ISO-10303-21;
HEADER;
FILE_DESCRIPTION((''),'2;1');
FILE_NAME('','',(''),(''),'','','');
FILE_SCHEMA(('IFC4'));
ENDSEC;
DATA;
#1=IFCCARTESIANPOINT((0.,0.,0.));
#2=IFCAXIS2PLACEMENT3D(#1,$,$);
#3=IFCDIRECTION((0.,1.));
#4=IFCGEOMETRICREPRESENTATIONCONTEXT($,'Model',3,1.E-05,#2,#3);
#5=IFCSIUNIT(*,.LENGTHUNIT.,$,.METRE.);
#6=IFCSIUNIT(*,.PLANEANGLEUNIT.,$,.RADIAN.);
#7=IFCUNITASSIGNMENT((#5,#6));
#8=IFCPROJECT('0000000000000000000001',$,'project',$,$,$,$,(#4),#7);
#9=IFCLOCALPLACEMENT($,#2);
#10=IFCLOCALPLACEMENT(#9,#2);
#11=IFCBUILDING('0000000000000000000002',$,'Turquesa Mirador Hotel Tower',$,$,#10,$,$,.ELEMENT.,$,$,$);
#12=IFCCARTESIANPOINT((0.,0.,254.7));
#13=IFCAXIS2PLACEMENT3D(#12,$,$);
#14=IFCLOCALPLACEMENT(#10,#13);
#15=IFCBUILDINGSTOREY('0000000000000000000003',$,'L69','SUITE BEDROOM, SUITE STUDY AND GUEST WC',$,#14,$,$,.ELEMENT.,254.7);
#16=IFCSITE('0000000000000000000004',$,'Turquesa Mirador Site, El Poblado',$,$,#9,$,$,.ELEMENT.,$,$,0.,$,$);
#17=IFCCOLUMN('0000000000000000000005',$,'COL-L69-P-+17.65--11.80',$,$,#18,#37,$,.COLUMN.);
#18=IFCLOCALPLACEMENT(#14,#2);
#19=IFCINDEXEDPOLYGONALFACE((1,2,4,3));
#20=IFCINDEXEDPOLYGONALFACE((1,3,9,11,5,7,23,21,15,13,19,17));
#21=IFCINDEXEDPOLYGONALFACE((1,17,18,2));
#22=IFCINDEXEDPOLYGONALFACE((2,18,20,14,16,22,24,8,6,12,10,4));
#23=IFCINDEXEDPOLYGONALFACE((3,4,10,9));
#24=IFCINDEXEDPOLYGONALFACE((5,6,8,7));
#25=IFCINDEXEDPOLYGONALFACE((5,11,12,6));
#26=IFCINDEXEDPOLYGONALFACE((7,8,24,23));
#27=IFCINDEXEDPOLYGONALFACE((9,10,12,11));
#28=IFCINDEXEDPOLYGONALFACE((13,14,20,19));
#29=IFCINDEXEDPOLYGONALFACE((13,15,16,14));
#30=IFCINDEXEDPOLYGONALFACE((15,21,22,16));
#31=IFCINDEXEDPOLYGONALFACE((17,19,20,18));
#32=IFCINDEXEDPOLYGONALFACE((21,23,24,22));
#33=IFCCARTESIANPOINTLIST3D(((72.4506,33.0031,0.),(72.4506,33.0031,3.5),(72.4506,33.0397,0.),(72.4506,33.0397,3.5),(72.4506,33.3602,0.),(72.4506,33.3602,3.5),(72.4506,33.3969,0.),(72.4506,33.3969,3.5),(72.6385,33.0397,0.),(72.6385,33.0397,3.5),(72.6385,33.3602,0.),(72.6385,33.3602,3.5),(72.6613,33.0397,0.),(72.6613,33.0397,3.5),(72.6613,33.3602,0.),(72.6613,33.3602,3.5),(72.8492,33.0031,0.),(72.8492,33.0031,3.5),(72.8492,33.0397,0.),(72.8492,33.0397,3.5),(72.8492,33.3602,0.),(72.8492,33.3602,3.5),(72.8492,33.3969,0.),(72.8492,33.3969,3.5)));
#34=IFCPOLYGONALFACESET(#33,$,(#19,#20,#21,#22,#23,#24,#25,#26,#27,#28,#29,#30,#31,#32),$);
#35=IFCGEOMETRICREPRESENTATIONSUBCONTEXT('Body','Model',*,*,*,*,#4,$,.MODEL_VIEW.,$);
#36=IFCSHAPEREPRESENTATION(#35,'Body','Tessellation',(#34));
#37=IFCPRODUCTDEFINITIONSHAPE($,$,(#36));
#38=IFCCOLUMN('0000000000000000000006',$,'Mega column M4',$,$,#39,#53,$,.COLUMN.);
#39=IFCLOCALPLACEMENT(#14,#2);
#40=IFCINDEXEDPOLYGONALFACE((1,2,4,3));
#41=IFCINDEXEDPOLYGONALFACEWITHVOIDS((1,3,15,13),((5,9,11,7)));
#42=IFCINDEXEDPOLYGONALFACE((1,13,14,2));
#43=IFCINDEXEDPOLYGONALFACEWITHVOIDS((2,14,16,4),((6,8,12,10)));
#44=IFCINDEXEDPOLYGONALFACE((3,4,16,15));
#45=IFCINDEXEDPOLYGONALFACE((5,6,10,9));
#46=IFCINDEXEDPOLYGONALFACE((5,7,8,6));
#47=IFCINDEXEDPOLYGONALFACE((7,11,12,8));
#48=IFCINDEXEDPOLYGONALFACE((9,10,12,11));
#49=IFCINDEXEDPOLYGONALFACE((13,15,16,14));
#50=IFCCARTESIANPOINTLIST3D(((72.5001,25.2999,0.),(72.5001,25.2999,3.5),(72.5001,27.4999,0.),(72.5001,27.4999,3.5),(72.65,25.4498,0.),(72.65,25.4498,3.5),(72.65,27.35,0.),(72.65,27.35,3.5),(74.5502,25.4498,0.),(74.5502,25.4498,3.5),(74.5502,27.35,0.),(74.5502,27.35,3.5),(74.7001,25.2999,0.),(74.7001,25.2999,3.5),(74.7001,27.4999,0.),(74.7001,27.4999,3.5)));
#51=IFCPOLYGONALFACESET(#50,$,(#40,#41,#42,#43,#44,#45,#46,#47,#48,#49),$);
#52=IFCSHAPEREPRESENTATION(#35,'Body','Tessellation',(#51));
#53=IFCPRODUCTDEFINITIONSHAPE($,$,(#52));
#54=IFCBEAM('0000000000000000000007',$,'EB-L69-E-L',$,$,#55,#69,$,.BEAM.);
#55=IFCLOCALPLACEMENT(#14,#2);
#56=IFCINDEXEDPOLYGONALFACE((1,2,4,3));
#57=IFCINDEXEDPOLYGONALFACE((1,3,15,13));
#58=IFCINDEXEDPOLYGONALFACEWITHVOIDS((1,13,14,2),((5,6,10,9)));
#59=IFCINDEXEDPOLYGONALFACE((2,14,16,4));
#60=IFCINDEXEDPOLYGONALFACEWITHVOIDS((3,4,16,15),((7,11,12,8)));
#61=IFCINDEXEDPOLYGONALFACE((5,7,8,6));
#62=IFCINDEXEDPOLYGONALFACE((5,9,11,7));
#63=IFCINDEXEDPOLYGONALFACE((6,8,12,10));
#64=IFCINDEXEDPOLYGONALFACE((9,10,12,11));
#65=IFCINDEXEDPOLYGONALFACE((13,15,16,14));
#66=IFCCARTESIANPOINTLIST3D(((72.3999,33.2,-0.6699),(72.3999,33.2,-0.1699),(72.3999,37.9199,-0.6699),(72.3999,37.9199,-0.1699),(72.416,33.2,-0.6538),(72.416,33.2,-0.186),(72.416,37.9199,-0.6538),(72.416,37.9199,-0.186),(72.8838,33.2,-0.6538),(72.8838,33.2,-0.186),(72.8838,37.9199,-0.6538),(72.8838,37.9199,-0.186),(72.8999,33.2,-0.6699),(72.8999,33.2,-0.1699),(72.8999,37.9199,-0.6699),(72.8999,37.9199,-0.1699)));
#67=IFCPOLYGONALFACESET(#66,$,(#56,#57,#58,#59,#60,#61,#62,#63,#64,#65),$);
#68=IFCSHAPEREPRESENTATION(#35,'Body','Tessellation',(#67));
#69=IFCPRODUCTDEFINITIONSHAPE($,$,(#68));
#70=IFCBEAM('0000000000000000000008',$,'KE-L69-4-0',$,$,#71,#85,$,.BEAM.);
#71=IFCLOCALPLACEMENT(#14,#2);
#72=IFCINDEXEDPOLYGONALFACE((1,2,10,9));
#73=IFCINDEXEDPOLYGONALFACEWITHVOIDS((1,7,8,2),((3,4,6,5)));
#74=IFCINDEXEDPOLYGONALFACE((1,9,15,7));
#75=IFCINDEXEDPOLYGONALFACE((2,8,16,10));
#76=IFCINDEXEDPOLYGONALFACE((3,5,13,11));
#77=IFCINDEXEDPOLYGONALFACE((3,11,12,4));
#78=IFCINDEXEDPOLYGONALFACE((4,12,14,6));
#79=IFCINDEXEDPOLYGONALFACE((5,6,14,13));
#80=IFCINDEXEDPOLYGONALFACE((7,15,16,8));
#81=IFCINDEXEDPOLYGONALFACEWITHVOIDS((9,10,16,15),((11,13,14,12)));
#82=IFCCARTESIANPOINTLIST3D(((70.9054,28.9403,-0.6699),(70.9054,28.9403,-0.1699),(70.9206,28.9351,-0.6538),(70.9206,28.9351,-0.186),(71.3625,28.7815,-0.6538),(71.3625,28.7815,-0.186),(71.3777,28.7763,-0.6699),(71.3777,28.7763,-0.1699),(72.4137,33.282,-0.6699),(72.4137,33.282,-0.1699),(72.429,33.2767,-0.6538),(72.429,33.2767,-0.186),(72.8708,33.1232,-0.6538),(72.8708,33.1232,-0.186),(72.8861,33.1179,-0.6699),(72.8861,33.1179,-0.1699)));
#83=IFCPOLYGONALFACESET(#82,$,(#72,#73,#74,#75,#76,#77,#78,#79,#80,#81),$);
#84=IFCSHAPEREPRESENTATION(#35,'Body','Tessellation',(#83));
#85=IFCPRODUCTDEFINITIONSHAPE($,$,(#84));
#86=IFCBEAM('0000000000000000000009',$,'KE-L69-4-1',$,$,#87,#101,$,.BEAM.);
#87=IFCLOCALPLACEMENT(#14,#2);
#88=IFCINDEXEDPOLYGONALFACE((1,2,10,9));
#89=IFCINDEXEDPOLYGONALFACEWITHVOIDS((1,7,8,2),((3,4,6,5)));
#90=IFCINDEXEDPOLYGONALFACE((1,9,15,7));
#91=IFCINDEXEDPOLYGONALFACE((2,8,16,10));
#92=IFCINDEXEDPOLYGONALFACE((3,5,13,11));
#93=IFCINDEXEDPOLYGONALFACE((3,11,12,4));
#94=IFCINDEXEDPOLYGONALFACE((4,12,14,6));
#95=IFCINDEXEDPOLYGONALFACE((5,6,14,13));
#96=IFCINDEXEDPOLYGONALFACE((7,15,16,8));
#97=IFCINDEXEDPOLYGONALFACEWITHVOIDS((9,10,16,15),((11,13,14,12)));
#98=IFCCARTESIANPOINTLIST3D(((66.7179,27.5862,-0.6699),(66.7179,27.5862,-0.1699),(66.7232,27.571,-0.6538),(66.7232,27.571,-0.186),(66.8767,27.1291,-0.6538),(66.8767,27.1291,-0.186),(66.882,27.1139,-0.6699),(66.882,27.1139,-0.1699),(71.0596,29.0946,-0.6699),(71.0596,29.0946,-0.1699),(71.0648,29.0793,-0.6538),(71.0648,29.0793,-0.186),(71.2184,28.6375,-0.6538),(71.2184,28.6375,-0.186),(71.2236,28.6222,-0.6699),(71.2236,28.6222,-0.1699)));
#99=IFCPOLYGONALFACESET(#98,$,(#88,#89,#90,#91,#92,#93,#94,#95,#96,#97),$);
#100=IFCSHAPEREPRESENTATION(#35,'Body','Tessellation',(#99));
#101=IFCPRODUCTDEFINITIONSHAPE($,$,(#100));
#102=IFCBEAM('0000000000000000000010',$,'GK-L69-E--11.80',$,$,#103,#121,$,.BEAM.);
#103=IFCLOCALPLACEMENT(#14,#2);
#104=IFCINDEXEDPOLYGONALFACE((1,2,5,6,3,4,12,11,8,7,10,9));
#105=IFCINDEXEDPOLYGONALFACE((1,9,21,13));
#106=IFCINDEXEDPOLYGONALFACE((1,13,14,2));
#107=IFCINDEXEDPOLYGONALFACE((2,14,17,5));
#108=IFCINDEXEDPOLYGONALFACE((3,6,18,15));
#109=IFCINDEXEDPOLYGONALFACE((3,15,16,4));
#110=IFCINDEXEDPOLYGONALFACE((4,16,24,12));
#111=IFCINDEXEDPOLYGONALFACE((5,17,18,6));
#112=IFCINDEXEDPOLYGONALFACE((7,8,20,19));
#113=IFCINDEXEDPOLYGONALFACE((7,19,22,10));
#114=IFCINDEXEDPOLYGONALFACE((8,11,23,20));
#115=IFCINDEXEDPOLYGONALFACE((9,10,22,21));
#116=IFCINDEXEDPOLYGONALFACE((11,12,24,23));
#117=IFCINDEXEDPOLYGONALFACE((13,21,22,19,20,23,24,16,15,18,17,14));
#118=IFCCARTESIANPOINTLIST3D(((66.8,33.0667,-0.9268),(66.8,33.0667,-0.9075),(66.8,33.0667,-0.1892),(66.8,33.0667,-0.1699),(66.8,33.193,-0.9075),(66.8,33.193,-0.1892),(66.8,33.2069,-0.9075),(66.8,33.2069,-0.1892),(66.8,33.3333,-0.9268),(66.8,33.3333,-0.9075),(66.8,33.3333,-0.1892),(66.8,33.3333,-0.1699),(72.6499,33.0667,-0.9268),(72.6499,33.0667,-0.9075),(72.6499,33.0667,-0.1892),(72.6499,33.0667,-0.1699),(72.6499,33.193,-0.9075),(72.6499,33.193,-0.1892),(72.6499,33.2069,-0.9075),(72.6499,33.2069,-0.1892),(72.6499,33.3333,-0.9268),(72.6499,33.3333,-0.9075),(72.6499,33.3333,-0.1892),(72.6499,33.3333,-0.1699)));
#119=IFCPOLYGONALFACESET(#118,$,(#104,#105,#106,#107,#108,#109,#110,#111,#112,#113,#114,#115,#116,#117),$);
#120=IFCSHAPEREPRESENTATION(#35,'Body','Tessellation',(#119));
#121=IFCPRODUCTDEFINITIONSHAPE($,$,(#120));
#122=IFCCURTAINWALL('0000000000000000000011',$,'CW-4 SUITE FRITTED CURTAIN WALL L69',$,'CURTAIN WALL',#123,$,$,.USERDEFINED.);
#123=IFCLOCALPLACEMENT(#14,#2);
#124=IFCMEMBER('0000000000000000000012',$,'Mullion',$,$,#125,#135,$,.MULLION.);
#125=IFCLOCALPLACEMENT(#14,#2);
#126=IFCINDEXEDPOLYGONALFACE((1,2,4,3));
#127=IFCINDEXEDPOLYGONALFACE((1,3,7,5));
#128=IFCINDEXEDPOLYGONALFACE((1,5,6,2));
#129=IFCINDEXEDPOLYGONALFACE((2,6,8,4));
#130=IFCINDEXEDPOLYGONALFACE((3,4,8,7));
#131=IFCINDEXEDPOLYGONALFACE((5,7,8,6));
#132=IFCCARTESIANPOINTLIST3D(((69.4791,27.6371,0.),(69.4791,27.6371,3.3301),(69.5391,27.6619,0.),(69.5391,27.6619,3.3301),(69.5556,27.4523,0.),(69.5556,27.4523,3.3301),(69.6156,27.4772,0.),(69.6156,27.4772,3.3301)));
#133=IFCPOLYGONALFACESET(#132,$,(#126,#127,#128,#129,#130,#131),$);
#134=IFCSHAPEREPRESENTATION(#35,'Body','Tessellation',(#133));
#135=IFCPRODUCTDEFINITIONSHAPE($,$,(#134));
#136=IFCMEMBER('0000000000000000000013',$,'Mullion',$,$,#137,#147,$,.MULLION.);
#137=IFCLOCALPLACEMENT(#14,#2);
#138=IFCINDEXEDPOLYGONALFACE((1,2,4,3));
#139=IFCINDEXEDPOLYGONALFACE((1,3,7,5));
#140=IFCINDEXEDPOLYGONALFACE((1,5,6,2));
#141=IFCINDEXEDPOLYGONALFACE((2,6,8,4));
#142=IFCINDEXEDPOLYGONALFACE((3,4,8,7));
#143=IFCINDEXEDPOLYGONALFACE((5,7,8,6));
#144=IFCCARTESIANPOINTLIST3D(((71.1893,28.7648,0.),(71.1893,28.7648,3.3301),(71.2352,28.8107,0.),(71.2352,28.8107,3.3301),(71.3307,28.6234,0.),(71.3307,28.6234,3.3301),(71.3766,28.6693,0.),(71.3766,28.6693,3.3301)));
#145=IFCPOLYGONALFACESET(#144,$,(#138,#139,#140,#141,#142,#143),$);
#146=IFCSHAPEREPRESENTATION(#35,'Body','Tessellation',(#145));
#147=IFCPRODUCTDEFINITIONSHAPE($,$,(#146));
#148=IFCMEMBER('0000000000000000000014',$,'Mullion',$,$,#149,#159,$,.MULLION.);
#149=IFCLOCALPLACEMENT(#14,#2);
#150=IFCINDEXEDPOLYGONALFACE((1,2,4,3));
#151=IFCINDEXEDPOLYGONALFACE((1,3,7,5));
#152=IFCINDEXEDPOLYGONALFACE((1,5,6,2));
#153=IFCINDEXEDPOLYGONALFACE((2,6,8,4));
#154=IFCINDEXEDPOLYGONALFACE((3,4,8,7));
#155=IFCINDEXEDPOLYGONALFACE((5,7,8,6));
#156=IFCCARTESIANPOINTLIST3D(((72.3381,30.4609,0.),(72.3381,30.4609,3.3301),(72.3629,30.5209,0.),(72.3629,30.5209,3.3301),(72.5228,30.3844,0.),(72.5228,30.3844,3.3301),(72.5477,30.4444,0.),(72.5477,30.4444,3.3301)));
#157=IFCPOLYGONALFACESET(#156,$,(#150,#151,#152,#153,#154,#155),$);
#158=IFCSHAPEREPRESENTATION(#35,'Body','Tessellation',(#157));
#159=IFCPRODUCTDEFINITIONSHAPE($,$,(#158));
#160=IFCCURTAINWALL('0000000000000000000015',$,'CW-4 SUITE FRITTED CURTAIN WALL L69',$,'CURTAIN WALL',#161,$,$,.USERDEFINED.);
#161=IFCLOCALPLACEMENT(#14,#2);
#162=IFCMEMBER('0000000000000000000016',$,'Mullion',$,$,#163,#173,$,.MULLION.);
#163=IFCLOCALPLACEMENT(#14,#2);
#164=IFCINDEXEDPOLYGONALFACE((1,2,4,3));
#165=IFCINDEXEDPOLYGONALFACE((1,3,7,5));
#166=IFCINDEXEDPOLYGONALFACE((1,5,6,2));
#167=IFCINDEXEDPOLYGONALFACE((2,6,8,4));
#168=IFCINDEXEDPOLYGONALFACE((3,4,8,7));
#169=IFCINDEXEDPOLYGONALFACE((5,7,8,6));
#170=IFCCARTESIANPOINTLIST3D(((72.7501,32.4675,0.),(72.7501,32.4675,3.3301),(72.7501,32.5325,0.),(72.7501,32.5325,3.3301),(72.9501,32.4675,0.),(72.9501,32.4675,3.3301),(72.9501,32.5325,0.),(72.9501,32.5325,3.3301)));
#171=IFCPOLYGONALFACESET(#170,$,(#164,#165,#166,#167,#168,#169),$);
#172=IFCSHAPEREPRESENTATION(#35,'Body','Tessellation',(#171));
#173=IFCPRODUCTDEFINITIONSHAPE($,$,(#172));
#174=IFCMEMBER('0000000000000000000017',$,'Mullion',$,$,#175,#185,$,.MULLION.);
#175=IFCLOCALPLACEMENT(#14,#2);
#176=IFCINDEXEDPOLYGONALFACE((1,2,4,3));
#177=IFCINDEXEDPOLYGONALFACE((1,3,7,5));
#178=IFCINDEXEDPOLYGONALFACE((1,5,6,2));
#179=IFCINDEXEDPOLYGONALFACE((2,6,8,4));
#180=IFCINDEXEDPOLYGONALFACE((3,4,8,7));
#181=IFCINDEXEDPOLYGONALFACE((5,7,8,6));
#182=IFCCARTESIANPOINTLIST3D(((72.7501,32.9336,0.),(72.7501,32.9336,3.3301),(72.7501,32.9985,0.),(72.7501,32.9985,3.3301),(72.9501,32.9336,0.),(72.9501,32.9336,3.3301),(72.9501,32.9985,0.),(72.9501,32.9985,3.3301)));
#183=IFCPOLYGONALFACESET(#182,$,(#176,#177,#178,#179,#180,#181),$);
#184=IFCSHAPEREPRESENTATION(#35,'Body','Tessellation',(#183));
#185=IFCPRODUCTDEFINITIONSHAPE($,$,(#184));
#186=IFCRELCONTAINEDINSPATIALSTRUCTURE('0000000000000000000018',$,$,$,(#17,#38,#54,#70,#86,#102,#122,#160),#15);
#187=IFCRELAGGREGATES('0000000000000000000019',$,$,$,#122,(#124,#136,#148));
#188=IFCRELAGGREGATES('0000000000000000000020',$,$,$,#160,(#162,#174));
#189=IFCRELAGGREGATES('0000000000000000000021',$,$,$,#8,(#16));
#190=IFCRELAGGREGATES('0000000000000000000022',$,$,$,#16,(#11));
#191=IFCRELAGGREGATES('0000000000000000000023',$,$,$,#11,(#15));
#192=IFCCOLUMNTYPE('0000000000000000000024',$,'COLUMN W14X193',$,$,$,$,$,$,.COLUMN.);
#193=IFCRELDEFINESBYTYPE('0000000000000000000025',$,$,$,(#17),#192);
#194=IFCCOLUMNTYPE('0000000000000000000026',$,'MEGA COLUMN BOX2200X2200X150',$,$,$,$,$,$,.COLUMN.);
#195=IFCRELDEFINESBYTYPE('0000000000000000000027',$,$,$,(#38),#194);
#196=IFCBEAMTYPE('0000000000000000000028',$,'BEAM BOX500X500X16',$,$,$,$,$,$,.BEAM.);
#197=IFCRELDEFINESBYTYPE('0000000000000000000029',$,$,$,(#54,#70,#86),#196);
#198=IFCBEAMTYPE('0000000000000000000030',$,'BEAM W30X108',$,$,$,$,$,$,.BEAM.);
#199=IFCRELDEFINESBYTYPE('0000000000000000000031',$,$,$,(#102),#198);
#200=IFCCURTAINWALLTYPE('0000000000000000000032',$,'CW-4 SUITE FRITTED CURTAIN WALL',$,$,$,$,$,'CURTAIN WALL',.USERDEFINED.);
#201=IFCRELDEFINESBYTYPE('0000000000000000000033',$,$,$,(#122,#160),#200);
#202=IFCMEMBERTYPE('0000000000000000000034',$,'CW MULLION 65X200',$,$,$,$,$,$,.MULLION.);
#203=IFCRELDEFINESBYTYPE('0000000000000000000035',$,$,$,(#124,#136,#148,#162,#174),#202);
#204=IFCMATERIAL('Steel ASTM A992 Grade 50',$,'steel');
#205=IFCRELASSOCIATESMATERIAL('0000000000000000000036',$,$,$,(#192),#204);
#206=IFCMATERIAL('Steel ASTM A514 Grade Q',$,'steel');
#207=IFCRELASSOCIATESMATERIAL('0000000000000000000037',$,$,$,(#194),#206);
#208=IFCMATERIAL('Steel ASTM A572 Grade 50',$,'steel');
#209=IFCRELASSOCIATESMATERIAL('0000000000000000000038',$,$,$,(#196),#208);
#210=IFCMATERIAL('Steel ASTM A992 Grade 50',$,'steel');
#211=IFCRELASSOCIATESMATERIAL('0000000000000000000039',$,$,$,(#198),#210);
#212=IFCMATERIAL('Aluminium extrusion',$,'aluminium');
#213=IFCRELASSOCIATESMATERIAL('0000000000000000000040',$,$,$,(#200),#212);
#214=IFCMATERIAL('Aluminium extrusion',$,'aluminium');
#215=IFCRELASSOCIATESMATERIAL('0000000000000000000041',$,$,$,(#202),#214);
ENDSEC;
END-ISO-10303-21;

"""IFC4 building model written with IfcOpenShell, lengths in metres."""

from ifc_helpers import new_model, si_unit, direction, frame, origin, origin_2d, place, context, subcontext, project, spatial, rectangle, hollow_rectangle, i_section, extrude, material, material_profile, profile_set, type_object, element, aggregate, save


model = new_model("IFC4")

# Units and contexts
model_context = context("Model", 3, precision=1e-05, world=origin(), true_north=direction((0.0, 1.0)))
body_context = subcontext(model_context, "Body", "Model", "MODEL_VIEW")
ifc_project = project(units=[si_unit("LENGTHUNIT", "METRE"), si_unit("PLANEANGLEUNIT", "RADIAN")], contexts=[model_context])

# Site, building, storey
site_placement = place(None, origin())
site = spatial("IfcSite", under=ifc_project, at=site_placement, Name="Turquesa Mirador Site, El Poblado", CompositionType="ELEMENT", RefElevation=0.0)
building_placement = place(site_placement, origin())
building = spatial("IfcBuilding", under=site, at=building_placement, Name="Turquesa Mirador Hotel Tower", CompositionType="ELEMENT")
storey_placement = place(building_placement, frame((0.0, 0.0, 254.7)))
storey = spatial("IfcBuildingStorey", under=building, at=storey_placement, Name="L69", Description="SUITE BEDROOM, SUITE STUDY AND GUEST WC", CompositionType="ELEMENT", Elevation=254.7)

# Columns
ifc_material_1 = material(Name="Steel ASTM A992 Grade 50", Category="steel")
ifc_material_profile_1 = material_profile(ifc_material_1, i_section(OverallWidth=0.3987, OverallDepth=0.3938, WebThickness=0.0227, FlangeThickness=0.0366, at=origin_2d()), Name="W14X193")
ifc_profile_set_1 = profile_set([ifc_material_profile_1], Name="Steel ASTM A992 Grade 50")
column_type_1 = type_object("IfcColumnType", Name="COLUMN W14X193", PredefinedType="COLUMN", material=ifc_profile_set_1)
column_1_placement = place(storey_placement, frame((72.6499, 33.2, 0.0), z_axis=(0.0, 0.0, 1.0), x_axis=(1.0, 0.0, 0.0)))
element("IfcColumn", 1, at=column_1_placement, inside=storey, type_object=column_type_1, Name="COL-L69-P-+17.65--11.80", PredefinedType="COLUMN", context=body_context, shape_type="SweptSolid", body=[
    extrude(i_section(OverallWidth=0.3987, OverallDepth=0.3938, WebThickness=0.0227, FlangeThickness=0.0366, at=origin_2d()), origin(), (0.0, 0.0, 1.0), 3.5),
])
ifc_material_2 = material(Name="Steel ASTM A514 Grade Q", Category="steel")
ifc_material_profile_2 = material_profile(ifc_material_2, hollow_rectangle(XDim=2.2, YDim=2.2, WallThickness=0.1499, at=origin_2d()), Name="BOX2200X2200X150")
ifc_profile_set_2 = profile_set([ifc_material_profile_2], Name="Steel ASTM A514 Grade Q")
column_type_2 = type_object("IfcColumnType", Name="MEGA COLUMN BOX2200X2200X150", PredefinedType="COLUMN", material=ifc_profile_set_2)
column_2_placement = place(storey_placement, frame((73.6001, 26.3999, 0.0), z_axis=(0.0, 0.0, 1.0), x_axis=(1.0, 0.0, 0.0)))
element("IfcColumn", 2, at=column_2_placement, inside=storey, type_object=column_type_2, Name="Mega column M4", PredefinedType="COLUMN", context=body_context, shape_type="SweptSolid", body=[
    extrude(hollow_rectangle(XDim=2.2, YDim=2.2, WallThickness=0.1499, at=origin_2d()), origin(), (0.0, 0.0, 1.0), 3.5),
])

# Beams
ifc_material_3 = material(Name="Steel ASTM A572 Grade 50", Category="steel")
ifc_material_profile_3 = material_profile(ifc_material_3, hollow_rectangle(XDim=0.5, YDim=0.5, WallThickness=0.0161, at=origin_2d()), Name="BOX500X500X16")
ifc_profile_set_3 = profile_set([ifc_material_profile_3], Name="Steel ASTM A572 Grade 50")
beam_type_1 = type_object("IfcBeamType", Name="BEAM BOX500X500X16", PredefinedType="BEAM", material=ifc_profile_set_3)
beam_1_placement = place(storey_placement, frame((72.6499, 33.2, -0.4199), z_axis=(0.0, 1.0, 0.0), x_axis=(-1.0, 0.0, 0.0)))
element("IfcBeam", 3, at=beam_1_placement, inside=storey, type_object=beam_type_1, Name="EB-L69-E-L", PredefinedType="BEAM", context=body_context, shape_type="SweptSolid", body=[
    extrude(hollow_rectangle(XDim=0.5, YDim=0.5, WallThickness=0.0161, at=origin_2d()), origin(), (0.0, 0.0, 1.0), 4.72),
])
for number, where, z_axis, x_axis, name in (
    (4, (72.6499, 33.2, -0.4199), (-0.32817, -0.944619, 0.0), (0.944619, -0.32817, 0.0), "KE-L69-4-0"),
    (5, (71.1416, 28.8584, -0.4199), (-0.944619, -0.32817, 0.0), (0.32817, -0.944619, 0.0), "KE-L69-4-1"),
):
    element("IfcBeam", number, at=place(storey_placement, frame(where, z_axis=z_axis, x_axis=x_axis)), inside=storey, type_object=beam_type_1, Name=name, PredefinedType="BEAM", context=body_context, shape_type="SweptSolid", body=[
        extrude(hollow_rectangle(XDim=0.5, YDim=0.5, WallThickness=0.0161, at=origin_2d()), origin(), (0.0, 0.0, 1.0), 4.5962),
    ])
ifc_material_4 = material(Name="Steel ASTM A992 Grade 50", Category="steel")
ifc_material_profile_4 = material_profile(ifc_material_4, i_section(OverallWidth=0.2666, OverallDepth=0.7568, WebThickness=0.0139, FlangeThickness=0.0193, at=origin_2d()), Name="W30X108")
ifc_profile_set_4 = profile_set([ifc_material_profile_4], Name="Steel ASTM A992 Grade 50")
beam_type_2 = type_object("IfcBeamType", Name="BEAM W30X108", PredefinedType="BEAM", material=ifc_profile_set_4)
beam_2_placement = place(storey_placement, frame((72.6499, 33.2, -0.5483), z_axis=(-1.0, 0.0, 0.0), x_axis=(0.0, -1.0, 0.0)))
element("IfcBeam", 6, at=beam_2_placement, inside=storey, type_object=beam_type_2, Name="GK-L69-E--11.80", PredefinedType="BEAM", context=body_context, shape_type="SweptSolid", body=[
    extrude(i_section(OverallWidth=0.2666, OverallDepth=0.7568, WebThickness=0.0139, FlangeThickness=0.0193, at=origin_2d()), origin(), (0.0, 0.0, 1.0), 5.8499),
])

# Curtain walls, members
ifc_material_5 = material(Name="Aluminium extrusion", Category="aluminium")
curtain_wall_type = type_object("IfcCurtainWallType", Name="CW-4 SUITE FRITTED CURTAIN WALL", ElementType="CURTAIN WALL", PredefinedType="USERDEFINED", material=ifc_material_5)
curtain_wall_1_placement = place(storey_placement, origin())
curtain_wall_1 = element("IfcCurtainWall", 7, at=curtain_wall_1_placement, inside=storey, type_object=curtain_wall_type, Name="CW-4 SUITE FRITTED CURTAIN WALL L69", ObjectType="CURTAIN WALL", PredefinedType="USERDEFINED")
ifc_material_6 = material(Name="Aluminium extrusion", Category="aluminium")
ifc_material_profile_5 = material_profile(ifc_material_6, rectangle(XDim=0.0649, YDim=0.2, at=origin_2d()), Name="MULLION 65X200")
ifc_profile_set_5 = profile_set([ifc_material_profile_5], Name="Aluminium extrusion")
member_type_1 = type_object("IfcMemberType", Name="CW MULLION 65X200", PredefinedType="MULLION", material=ifc_profile_set_5)
member_1_placement = place(storey_placement, frame((69.5474, 27.5571, 0.0), z_axis=(0.0, 0.0, 1.0), x_axis=(0.92388, 0.382683, 0.0)))
member_1 = element("IfcMember", 8, at=member_1_placement, type_object=member_type_1, Name="Mullion", PredefinedType="MULLION", context=body_context, shape_type="SweptSolid", body=[
    extrude(rectangle(XDim=0.0649, YDim=0.2, at=origin_2d()), origin(), (0.0, 0.0, 1.0), 3.3301),
])
member_2_placement = place(storey_placement, frame((71.283, 28.717, 0.0), z_axis=(0.0, 0.0, 1.0), x_axis=(0.707107, 0.707107, 0.0)))
member_2 = element("IfcMember", 9, at=member_2_placement, type_object=member_type_1, Name="Mullion", PredefinedType="MULLION", context=body_context, shape_type="SweptSolid", body=[
    extrude(rectangle(XDim=0.0649, YDim=0.2, at=origin_2d()), origin(), (0.0, 0.0, 1.0), 3.3301),
])
member_3_placement = place(storey_placement, frame((72.4429, 30.4526, 0.0), z_axis=(0.0, 0.0, 1.0), x_axis=(0.382683, 0.92388, 0.0)))
member_3 = element("IfcMember", 10, at=member_3_placement, type_object=member_type_1, Name="Mullion", PredefinedType="MULLION", context=body_context, shape_type="SweptSolid", body=[
    extrude(rectangle(XDim=0.0649, YDim=0.2, at=origin_2d()), origin(), (0.0, 0.0, 1.0), 3.3301),
])
curtain_wall_2_placement = place(storey_placement, origin())
curtain_wall_2 = element("IfcCurtainWall", 11, at=curtain_wall_2_placement, inside=storey, type_object=curtain_wall_type, Name="CW-4 SUITE FRITTED CURTAIN WALL L69", ObjectType="CURTAIN WALL", PredefinedType="USERDEFINED")
member_4_placement = place(storey_placement, frame((72.8501, 32.5, 0.0), z_axis=(0.0, 0.0, 1.0), x_axis=(0.0, 1.0, 0.0)))
member_4 = element("IfcMember", 12, at=member_4_placement, type_object=member_type_1, Name="Mullion", PredefinedType="MULLION", context=body_context, shape_type="SweptSolid", body=[
    extrude(rectangle(XDim=0.0649, YDim=0.2, at=origin_2d()), origin(), (0.0, 0.0, 1.0), 3.3301),
])
member_5_placement = place(storey_placement, frame((72.8501, 32.9661, 0.0), z_axis=(0.0, 0.0, 1.0), x_axis=(0.0, 1.0, 0.0)))
member_5 = element("IfcMember", 13, at=member_5_placement, type_object=member_type_1, Name="Mullion", PredefinedType="MULLION", context=body_context, shape_type="SweptSolid", body=[
    extrude(rectangle(XDim=0.0649, YDim=0.2, at=origin_2d()), origin(), (0.0, 0.0, 1.0), 3.3301),
])

aggregate(curtain_wall_1, [member_1, member_2, member_3])
aggregate(curtain_wall_2, [member_4, member_5])

save(model, "model.ifc")
